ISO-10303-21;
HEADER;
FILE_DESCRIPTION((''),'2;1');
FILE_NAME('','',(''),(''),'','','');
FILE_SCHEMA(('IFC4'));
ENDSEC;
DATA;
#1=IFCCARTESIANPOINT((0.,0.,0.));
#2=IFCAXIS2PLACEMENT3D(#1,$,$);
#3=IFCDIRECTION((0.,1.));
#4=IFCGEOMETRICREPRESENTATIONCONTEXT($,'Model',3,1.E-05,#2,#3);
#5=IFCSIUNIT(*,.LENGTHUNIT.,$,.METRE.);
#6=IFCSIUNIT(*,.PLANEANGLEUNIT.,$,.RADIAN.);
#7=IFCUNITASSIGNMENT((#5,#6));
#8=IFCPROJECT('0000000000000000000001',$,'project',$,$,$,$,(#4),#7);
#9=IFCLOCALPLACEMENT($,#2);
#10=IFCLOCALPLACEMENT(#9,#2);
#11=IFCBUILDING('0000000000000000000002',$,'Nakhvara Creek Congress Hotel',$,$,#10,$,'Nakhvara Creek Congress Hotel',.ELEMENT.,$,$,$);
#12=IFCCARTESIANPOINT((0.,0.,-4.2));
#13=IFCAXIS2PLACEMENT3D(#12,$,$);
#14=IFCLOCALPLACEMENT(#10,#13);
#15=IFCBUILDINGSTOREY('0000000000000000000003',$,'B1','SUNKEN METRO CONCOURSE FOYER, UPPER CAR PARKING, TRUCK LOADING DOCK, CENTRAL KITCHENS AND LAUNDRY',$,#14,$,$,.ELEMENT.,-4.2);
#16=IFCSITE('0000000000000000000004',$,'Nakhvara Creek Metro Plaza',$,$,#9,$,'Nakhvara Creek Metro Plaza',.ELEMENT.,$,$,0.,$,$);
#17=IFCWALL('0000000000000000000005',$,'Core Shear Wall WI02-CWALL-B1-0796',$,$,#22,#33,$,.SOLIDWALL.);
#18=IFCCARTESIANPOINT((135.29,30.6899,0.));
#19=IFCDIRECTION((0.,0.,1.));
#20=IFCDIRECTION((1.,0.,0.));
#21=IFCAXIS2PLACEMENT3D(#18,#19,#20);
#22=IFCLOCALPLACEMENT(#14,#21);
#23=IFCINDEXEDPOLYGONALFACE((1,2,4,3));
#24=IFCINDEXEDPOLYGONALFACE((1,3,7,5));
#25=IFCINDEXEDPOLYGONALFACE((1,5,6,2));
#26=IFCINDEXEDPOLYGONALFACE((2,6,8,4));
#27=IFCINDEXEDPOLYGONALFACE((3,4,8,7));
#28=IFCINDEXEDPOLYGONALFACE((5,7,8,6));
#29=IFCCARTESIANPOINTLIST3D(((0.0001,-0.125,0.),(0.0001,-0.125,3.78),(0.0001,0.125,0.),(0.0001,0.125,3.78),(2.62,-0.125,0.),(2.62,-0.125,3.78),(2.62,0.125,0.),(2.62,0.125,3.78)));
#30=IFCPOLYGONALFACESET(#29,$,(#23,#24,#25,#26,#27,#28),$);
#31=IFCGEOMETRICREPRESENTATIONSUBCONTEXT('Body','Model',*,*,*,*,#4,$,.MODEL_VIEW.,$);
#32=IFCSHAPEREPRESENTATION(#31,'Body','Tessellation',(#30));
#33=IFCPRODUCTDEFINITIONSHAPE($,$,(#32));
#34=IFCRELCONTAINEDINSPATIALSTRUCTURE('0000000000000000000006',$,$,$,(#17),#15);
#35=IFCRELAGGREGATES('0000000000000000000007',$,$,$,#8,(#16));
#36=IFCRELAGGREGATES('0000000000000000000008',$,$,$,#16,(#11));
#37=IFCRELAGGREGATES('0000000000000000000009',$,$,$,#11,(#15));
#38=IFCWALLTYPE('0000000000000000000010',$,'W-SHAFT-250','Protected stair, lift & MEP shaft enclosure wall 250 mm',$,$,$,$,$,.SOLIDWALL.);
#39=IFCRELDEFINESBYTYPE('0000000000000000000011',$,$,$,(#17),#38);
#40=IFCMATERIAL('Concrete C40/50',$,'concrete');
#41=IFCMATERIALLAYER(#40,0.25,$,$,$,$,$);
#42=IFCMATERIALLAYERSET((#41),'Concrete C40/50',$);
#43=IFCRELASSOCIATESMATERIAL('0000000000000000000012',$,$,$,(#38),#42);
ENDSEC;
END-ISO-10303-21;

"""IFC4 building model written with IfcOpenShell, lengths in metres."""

from ifc_helpers import new_model, si_unit, direction, frame, frame_2d, origin, place, context, subcontext, project, spatial, rectangle, extrude, material, layer, layer_set, type_object, element, save


model = new_model("IFC4")

# Units and contexts
model_context = context("Model", 3, precision=1e-05, world=origin(), true_north=direction((0.0, 1.0)))
body_context = subcontext(model_context, "Body", "Model", "MODEL_VIEW")
ifc_project = project(units=[si_unit("LENGTHUNIT", "METRE"), si_unit("PLANEANGLEUNIT", "RADIAN")], contexts=[model_context])

# Site, building, storey
site_placement = place(None, origin())
site = spatial("IfcSite", under=ifc_project, at=site_placement, Name="Nakhvara Creek Metro Plaza", LongName="Nakhvara Creek Metro Plaza", CompositionType="ELEMENT", RefElevation=0.0)
building_placement = place(site_placement, origin())
building = spatial("IfcBuilding", under=site, at=building_placement, Name="Nakhvara Creek Congress Hotel", LongName="Nakhvara Creek Congress Hotel", CompositionType="ELEMENT")
storey_placement = place(building_placement, frame((0.0, 0.0, -4.2)))
storey = spatial("IfcBuildingStorey", under=building, at=storey_placement, Name="B1", Description="SUNKEN METRO CONCOURSE FOYER, UPPER CAR PARKING, TRUCK LOADING DOCK, CENTRAL KITCHENS AND LAUNDRY", CompositionType="ELEMENT", Elevation=-4.2)

# Wall
ifc_material_1 = material(Name="Concrete C40/50", Category="concrete")
ifc_layer_1 = layer(ifc_material_1, 0.25)
ifc_layer_set_1 = layer_set([ifc_layer_1], Name="Concrete C40/50")
wall_type_1 = type_object("IfcWallType", Name="W-SHAFT-250", Description="Protected stair, lift & MEP shaft enclosure wall 250 mm", PredefinedType="SOLIDWALL", material=ifc_layer_set_1)
wall_1_placement = place(storey_placement, frame((135.29, 30.6899, 0.0), z_axis=(0.0, 0.0, 1.0), x_axis=(1.0, 0.0, 0.0)))
element("IfcWall", 1, at=wall_1_placement, inside=storey, type_object=wall_type_1, Name="Core Shear Wall WI02-CWALL-B1-0796", PredefinedType="SOLIDWALL", context=body_context, shape_type="SweptSolid", body=[
    extrude(rectangle(XDim=2.6199, YDim=0.25, at=frame_2d((1.3101, 0.0))), origin(), (0.0, 0.0, 1.0), 3.78),
])

save(model, "model.ifc")
